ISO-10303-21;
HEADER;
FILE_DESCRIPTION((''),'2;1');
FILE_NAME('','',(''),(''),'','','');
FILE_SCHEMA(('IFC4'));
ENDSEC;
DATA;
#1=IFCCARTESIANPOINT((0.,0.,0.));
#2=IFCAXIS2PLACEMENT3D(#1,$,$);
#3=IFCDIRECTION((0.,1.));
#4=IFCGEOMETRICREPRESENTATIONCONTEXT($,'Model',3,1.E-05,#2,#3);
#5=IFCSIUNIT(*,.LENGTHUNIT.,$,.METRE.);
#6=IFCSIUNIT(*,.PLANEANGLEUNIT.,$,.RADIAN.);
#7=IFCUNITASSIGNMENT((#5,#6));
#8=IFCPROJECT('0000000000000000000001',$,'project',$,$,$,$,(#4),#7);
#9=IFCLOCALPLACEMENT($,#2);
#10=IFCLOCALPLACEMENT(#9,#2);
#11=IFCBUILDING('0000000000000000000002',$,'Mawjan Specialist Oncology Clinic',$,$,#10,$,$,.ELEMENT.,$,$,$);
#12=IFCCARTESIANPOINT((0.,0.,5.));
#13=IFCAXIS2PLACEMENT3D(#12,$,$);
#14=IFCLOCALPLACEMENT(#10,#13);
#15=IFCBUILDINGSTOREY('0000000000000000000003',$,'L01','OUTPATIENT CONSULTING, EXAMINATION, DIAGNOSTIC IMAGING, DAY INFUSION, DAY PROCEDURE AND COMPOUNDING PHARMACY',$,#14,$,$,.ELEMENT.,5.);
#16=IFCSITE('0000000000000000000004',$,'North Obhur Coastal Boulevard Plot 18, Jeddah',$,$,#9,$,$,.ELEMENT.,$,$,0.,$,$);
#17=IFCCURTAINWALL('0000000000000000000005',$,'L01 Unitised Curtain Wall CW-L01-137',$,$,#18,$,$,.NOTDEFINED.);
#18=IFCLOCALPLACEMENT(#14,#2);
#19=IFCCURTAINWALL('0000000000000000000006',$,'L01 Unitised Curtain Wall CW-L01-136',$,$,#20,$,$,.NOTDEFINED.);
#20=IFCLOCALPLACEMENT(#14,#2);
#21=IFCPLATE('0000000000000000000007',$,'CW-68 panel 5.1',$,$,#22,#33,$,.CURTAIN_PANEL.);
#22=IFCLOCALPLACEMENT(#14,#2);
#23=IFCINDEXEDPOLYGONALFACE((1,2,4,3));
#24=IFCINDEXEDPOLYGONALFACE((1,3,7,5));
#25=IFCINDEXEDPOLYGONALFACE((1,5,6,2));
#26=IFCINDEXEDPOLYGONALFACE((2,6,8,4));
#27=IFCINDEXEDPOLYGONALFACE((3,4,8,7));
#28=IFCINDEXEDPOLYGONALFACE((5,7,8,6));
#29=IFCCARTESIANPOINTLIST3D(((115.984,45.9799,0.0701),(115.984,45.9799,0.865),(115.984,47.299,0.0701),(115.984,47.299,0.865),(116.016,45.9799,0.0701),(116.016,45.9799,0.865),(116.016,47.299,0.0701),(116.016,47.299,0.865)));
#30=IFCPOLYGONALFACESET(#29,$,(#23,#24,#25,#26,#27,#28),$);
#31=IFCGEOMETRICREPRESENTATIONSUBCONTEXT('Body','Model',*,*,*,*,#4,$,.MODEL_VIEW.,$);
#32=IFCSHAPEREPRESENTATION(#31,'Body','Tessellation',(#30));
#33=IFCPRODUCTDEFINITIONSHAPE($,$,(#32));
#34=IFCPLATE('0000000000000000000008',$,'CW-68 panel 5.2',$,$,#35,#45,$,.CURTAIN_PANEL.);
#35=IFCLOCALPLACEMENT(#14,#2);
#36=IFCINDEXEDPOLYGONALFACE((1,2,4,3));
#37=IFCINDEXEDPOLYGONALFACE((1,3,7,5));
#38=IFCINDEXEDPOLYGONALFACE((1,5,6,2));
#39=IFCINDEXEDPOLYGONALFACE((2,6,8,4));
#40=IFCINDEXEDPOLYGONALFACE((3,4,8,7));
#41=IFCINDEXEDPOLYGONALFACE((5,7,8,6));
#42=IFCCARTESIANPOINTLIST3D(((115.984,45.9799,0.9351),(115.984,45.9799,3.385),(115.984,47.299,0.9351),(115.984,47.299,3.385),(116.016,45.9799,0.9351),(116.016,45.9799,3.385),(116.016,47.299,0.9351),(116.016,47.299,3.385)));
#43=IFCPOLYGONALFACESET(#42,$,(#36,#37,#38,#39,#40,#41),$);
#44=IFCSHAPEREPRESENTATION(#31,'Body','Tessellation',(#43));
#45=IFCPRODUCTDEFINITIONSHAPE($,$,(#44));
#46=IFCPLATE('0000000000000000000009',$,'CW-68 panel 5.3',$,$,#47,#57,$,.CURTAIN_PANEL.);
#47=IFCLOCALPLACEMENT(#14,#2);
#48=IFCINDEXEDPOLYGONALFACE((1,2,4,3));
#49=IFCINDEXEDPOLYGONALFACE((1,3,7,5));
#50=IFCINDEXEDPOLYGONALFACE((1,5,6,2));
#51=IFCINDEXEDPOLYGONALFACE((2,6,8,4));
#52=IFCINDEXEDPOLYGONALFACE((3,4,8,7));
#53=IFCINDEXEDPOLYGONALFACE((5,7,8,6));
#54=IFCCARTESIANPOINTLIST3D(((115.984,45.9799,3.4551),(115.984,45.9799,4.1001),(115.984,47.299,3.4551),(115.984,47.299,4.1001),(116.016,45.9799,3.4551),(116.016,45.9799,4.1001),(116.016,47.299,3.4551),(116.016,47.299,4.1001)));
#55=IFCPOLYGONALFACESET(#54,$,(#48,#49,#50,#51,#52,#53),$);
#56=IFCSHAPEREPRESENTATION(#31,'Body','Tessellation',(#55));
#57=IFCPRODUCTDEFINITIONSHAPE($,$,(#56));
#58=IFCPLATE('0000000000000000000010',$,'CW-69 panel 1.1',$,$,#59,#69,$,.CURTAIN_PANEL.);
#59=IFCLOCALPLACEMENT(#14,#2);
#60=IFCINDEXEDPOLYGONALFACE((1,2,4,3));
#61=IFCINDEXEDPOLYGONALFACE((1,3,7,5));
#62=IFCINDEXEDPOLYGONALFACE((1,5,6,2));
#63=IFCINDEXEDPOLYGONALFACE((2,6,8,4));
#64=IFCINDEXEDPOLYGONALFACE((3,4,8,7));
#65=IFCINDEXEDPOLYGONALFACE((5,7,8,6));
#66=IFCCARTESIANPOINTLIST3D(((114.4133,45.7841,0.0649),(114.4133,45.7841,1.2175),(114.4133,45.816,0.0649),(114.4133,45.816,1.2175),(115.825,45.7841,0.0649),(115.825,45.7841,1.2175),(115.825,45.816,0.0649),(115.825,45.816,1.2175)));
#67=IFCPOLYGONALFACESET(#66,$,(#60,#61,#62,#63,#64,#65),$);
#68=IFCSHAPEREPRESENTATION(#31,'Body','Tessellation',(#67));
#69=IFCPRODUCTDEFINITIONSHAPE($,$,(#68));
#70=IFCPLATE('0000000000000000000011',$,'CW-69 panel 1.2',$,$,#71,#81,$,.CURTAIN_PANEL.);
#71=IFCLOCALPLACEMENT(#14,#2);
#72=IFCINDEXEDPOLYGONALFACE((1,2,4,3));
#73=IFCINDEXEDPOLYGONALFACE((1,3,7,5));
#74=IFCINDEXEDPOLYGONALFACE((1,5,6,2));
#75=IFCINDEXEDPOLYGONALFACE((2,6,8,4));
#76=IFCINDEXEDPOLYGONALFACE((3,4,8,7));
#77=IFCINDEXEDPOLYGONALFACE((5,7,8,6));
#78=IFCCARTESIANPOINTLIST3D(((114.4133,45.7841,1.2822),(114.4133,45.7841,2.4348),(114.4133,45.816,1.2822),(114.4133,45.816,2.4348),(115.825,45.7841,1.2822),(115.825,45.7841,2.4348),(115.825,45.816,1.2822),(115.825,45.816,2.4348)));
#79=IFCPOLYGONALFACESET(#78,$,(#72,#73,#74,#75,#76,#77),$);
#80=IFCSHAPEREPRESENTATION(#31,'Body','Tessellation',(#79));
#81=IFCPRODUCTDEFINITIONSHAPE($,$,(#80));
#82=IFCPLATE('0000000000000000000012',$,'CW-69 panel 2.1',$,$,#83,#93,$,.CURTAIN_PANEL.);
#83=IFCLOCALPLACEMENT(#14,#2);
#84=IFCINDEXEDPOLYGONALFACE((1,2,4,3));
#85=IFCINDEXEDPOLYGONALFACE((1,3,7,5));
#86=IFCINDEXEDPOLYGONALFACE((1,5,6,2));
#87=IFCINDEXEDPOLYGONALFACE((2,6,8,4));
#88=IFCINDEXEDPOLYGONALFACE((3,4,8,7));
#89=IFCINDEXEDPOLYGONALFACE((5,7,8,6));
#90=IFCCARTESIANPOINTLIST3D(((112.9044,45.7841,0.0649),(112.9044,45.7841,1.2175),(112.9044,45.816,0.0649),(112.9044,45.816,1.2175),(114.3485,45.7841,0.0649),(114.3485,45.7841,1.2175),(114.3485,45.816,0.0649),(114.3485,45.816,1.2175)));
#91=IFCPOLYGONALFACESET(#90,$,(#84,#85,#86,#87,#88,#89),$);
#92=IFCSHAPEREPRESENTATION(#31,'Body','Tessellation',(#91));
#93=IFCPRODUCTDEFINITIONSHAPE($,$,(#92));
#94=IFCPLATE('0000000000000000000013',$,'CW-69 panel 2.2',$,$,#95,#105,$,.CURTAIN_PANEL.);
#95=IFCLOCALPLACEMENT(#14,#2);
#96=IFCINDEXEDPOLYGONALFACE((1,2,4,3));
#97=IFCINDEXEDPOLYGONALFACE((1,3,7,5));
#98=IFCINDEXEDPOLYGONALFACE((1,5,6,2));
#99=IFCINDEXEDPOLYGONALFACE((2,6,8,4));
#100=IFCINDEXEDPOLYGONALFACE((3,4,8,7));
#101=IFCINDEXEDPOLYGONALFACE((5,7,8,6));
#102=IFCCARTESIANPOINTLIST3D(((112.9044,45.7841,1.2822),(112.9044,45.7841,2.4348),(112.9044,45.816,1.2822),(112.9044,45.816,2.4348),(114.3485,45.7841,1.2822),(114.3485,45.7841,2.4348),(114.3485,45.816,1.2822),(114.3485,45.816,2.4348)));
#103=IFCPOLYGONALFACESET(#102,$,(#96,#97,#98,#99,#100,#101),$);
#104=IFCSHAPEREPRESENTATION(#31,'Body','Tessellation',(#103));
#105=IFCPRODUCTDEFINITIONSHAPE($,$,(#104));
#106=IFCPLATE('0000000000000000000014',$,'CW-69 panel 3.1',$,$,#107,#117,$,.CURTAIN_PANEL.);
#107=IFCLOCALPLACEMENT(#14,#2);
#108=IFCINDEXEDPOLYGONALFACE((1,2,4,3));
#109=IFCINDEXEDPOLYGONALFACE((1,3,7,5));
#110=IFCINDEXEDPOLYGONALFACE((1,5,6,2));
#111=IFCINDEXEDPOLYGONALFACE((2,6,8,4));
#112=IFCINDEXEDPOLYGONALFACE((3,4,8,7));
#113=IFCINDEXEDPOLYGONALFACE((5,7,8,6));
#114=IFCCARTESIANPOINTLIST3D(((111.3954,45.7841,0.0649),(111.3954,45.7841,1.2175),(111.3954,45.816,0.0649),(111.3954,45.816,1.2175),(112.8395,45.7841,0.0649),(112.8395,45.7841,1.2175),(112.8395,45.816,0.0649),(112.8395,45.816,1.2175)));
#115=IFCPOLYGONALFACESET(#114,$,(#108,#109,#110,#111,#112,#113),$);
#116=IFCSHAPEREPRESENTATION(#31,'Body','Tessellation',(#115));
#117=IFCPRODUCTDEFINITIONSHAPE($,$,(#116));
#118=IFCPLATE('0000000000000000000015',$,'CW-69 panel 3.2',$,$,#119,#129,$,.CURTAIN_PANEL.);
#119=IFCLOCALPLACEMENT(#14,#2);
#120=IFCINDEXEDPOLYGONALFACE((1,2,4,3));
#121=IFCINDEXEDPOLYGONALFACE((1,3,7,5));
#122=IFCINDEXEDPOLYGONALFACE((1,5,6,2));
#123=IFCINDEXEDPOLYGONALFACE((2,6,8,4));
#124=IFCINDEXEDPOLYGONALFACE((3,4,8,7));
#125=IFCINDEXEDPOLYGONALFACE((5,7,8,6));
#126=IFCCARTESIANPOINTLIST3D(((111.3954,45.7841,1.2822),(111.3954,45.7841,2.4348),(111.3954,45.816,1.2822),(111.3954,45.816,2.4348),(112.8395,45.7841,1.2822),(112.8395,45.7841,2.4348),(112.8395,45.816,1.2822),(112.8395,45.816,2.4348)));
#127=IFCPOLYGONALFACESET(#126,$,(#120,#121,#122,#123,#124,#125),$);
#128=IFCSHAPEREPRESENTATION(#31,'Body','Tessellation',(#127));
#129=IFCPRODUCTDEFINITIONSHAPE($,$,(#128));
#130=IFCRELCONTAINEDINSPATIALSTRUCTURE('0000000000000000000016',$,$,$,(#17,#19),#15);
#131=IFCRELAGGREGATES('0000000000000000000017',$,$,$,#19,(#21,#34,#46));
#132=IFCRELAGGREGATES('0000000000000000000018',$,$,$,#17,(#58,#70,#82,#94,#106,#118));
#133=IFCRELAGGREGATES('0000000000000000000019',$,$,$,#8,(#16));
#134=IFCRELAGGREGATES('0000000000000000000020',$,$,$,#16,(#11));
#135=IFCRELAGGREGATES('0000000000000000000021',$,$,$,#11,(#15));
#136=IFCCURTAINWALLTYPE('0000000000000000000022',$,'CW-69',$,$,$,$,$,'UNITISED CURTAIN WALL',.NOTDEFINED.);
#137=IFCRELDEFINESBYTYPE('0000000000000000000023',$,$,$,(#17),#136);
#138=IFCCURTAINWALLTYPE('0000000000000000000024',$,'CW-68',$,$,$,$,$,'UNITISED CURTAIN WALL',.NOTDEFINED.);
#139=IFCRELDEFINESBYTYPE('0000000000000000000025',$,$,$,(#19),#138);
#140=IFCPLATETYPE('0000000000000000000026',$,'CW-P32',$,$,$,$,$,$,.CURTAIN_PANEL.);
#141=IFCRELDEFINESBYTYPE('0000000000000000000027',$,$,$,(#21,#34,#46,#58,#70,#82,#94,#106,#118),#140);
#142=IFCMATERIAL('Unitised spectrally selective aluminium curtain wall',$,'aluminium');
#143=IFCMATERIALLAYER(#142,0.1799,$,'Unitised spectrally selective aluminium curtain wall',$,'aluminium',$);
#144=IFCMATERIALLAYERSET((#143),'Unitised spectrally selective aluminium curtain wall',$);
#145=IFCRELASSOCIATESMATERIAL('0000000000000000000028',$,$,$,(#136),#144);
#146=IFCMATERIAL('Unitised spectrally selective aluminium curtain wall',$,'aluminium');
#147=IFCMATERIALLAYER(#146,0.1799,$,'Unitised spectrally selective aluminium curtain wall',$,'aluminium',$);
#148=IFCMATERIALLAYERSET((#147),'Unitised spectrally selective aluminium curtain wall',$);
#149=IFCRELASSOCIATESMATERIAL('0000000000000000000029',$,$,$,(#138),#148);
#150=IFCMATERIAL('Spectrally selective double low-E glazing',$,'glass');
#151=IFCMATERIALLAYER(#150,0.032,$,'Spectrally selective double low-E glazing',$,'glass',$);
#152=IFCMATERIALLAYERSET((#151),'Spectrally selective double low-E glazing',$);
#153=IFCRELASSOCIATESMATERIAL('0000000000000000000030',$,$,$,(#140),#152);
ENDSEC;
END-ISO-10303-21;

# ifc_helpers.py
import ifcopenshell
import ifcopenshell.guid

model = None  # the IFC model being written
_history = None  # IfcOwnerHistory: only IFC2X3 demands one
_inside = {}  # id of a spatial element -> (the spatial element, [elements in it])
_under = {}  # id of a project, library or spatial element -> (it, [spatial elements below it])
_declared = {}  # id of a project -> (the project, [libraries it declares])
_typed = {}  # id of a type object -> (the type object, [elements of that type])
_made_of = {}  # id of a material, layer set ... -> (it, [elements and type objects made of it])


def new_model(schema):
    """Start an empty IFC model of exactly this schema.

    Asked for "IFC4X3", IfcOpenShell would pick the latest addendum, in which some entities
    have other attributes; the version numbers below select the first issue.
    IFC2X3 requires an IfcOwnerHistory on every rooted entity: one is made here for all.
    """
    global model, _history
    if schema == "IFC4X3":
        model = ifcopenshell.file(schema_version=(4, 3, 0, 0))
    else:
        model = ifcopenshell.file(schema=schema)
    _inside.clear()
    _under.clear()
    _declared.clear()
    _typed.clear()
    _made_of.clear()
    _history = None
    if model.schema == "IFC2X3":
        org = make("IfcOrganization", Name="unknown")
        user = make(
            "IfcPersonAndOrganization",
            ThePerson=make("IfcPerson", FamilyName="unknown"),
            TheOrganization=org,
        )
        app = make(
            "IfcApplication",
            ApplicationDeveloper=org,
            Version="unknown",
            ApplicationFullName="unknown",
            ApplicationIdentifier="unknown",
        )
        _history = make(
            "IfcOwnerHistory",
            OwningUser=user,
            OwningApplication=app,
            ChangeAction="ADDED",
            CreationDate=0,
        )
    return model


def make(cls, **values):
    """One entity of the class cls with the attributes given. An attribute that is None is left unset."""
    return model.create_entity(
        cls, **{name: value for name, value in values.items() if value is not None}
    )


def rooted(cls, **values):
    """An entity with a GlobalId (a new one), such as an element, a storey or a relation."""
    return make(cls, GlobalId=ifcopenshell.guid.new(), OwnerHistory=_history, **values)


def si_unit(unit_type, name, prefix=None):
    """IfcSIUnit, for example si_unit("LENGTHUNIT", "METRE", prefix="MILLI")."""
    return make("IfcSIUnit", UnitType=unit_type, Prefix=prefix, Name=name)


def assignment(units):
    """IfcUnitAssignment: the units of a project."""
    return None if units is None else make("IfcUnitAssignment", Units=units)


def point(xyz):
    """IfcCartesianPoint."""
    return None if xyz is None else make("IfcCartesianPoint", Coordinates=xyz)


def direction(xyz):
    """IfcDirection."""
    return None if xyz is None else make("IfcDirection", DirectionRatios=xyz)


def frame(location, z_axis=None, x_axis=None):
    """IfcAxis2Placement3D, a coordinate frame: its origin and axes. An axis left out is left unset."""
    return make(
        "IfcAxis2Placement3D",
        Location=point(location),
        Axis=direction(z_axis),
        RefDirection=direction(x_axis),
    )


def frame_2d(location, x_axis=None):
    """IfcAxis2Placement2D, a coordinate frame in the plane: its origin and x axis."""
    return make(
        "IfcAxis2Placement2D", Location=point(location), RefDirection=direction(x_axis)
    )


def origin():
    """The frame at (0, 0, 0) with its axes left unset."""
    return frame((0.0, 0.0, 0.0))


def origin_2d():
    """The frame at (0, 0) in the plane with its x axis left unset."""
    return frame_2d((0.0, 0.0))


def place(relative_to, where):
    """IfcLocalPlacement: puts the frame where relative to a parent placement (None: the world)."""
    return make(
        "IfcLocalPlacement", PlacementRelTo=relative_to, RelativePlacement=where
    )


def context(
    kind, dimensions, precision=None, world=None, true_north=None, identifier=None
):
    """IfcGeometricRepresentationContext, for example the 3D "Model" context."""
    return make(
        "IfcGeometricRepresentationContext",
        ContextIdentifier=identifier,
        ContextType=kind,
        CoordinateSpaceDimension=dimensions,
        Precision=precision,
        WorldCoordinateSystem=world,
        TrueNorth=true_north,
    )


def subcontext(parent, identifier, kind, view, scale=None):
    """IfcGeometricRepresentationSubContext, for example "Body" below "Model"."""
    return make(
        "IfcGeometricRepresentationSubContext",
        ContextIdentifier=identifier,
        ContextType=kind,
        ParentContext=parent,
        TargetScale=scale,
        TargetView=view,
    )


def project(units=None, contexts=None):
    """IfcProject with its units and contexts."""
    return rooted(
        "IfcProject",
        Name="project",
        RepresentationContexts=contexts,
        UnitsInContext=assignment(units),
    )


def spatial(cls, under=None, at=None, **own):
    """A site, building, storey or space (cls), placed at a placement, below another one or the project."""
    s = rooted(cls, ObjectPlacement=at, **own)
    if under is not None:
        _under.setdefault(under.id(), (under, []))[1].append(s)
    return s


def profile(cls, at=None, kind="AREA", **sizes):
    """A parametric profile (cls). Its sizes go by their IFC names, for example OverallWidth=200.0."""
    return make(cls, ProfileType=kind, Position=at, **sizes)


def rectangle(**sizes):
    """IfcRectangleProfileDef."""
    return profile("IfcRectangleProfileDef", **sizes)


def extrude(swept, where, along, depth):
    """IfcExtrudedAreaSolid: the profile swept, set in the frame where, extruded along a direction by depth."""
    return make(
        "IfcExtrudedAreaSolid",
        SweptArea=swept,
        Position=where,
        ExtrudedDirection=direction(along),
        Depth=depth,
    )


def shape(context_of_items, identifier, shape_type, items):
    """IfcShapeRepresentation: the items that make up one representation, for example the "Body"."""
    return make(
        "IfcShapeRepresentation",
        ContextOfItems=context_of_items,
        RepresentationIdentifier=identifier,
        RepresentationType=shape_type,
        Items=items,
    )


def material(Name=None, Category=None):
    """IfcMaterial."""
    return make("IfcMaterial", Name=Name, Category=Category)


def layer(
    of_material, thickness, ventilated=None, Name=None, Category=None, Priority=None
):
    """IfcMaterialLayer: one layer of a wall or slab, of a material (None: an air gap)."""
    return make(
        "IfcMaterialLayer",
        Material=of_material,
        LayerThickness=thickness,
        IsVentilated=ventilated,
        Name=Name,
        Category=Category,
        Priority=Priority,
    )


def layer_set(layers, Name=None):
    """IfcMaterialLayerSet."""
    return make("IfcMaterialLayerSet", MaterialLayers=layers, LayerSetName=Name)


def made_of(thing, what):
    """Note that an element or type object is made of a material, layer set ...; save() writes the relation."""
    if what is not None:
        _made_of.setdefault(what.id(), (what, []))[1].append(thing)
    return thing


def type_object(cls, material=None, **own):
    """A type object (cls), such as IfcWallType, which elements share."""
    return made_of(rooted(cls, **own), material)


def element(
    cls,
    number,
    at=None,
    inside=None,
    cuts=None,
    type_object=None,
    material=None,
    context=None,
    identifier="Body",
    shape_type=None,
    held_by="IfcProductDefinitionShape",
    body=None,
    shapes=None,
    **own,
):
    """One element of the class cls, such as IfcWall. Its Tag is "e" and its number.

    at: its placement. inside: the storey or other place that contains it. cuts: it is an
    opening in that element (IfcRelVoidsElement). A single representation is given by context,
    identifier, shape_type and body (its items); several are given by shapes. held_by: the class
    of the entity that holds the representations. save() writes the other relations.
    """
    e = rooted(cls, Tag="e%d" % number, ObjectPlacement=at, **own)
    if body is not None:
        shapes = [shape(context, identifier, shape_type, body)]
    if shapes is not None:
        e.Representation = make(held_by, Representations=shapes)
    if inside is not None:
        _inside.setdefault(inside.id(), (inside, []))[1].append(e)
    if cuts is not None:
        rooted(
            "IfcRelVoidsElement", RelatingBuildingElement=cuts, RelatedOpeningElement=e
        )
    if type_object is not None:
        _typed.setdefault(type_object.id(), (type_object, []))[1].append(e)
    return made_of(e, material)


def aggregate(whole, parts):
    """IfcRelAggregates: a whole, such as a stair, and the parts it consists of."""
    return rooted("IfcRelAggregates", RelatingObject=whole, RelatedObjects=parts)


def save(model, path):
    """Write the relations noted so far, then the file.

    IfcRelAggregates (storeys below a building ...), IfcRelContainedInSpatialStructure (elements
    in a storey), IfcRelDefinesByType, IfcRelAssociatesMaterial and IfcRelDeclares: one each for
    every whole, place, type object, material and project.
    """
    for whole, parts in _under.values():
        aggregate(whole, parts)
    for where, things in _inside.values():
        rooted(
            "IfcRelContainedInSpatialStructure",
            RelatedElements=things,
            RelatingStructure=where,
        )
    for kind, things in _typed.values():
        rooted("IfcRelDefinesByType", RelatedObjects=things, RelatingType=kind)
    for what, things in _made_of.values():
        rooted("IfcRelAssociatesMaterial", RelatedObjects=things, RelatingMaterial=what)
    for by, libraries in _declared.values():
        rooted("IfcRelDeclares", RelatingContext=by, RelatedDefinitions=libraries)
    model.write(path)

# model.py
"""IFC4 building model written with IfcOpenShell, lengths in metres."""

from ifc_helpers import new_model, si_unit, direction, frame, origin, origin_2d, place, context, subcontext, project, spatial, rectangle, extrude, material, layer, layer_set, type_object, element, aggregate, save


model = new_model("IFC4")

# Units and contexts
model_context = context("Model", 3, precision=1e-05, world=origin(), true_north=direction((0.0, 1.0)))
body_context = subcontext(model_context, "Body", "Model", "MODEL_VIEW")
ifc_project = project(units=[si_unit("LENGTHUNIT", "METRE"), si_unit("PLANEANGLEUNIT", "RADIAN")], contexts=[model_context])

# Site, building, storey
site_placement = place(None, origin())
site = spatial("IfcSite", under=ifc_project, at=site_placement, Name="North Obhur Coastal Boulevard Plot 18, Jeddah", CompositionType="ELEMENT", RefElevation=0.0)
building_placement = place(site_placement, origin())
building = spatial("IfcBuilding", under=site, at=building_placement, Name="Mawjan Specialist Oncology Clinic", CompositionType="ELEMENT")
storey_placement = place(building_placement, frame((0.0, 0.0, 5.0)))
storey = spatial("IfcBuildingStorey", under=building, at=storey_placement, Name="L01", Description="OUTPATIENT CONSULTING, EXAMINATION, DIAGNOSTIC IMAGING, DAY INFUSION, DAY PROCEDURE AND COMPOUNDING PHARMACY", CompositionType="ELEMENT", Elevation=5.0)

# Curtain walls
ifc_material_1 = material(Name="Unitised spectrally selective aluminium curtain wall", Category="aluminium")
ifc_layer_1 = layer(ifc_material_1, 0.1799, Name="Unitised spectrally selective aluminium curtain wall", Category="aluminium")
ifc_layer_set_1 = layer_set([ifc_layer_1], Name="Unitised spectrally selective aluminium curtain wall")
curtain_wall_type_1 = type_object("IfcCurtainWallType", Name="CW-69", ElementType="UNITISED CURTAIN WALL", PredefinedType="NOTDEFINED", material=ifc_layer_set_1)
curtain_wall_1_placement = place(storey_placement, origin())
curtain_wall_1 = element("IfcCurtainWall", 1, at=curtain_wall_1_placement, inside=storey, type_object=curtain_wall_type_1, Name="L01 Unitised Curtain Wall CW-L01-137", PredefinedType="NOTDEFINED")
ifc_material_2 = material(Name="Unitised spectrally selective aluminium curtain wall", Category="aluminium")
ifc_layer_2 = layer(ifc_material_2, 0.1799, Name="Unitised spectrally selective aluminium curtain wall", Category="aluminium")
ifc_layer_set_2 = layer_set([ifc_layer_2], Name="Unitised spectrally selective aluminium curtain wall")
curtain_wall_type_2 = type_object("IfcCurtainWallType", Name="CW-68", ElementType="UNITISED CURTAIN WALL", PredefinedType="NOTDEFINED", material=ifc_layer_set_2)
curtain_wall_2_placement = place(storey_placement, origin())
curtain_wall_2 = element("IfcCurtainWall", 2, at=curtain_wall_2_placement, inside=storey, type_object=curtain_wall_type_2, Name="L01 Unitised Curtain Wall CW-L01-136", PredefinedType="NOTDEFINED")

# Plates
ifc_material_3 = material(Name="Spectrally selective double low-E glazing", Category="glass")
ifc_layer_3 = layer(ifc_material_3, 0.032, Name="Spectrally selective double low-E glazing", Category="glass")
ifc_layer_set_3 = layer_set([ifc_layer_3], Name="Spectrally selective double low-E glazing")
plate_type = type_object("IfcPlateType", Name="CW-P32", PredefinedType="CURTAIN_PANEL", material=ifc_layer_set_3)
plate_1_placement = place(storey_placement, frame((116.0, 46.6394, 0.0701), z_axis=(0.0, 0.0, 1.0), x_axis=(0.0, -1.0, 0.0)))
plate_1 = element("IfcPlate", 3, at=plate_1_placement, type_object=plate_type, Name="CW-68 panel 5.1", PredefinedType="CURTAIN_PANEL", context=body_context, shape_type="SweptSolid", body=[
    extrude(rectangle(XDim=1.3191, YDim=0.032, at=origin_2d()), origin(), (0.0, 0.0, 1.0), 0.7949),
])
plate_2_placement = place(storey_placement, frame((116.0, 46.6394, 0.9351), z_axis=(0.0, 0.0, 1.0), x_axis=(0.0, -1.0, 0.0)))
plate_2 = element("IfcPlate", 4, at=plate_2_placement, type_object=plate_type, Name="CW-68 panel 5.2", PredefinedType="CURTAIN_PANEL", context=body_context, shape_type="SweptSolid", body=[
    extrude(rectangle(XDim=1.3191, YDim=0.032, at=origin_2d()), origin(), (0.0, 0.0, 1.0), 2.45),
])
plate_3_placement = place(storey_placement, frame((116.0, 46.6394, 3.4551), z_axis=(0.0, 0.0, 1.0), x_axis=(0.0, -1.0, 0.0)))
plate_3 = element("IfcPlate", 5, at=plate_3_placement, type_object=plate_type, Name="CW-68 panel 5.3", PredefinedType="CURTAIN_PANEL", context=body_context, shape_type="SweptSolid", body=[
    extrude(rectangle(XDim=1.3191, YDim=0.032, at=origin_2d()), origin(), (0.0, 0.0, 1.0), 0.645),
])
aggregate(curtain_wall_2, [plate_1, plate_2, plate_3])
plate_4_placement = place(storey_placement, frame((115.1191, 45.8, 0.0649), z_axis=(0.0, 0.0, 1.0), x_axis=(-1.0, 0.0, 0.0)))
plate_4 = element("IfcPlate", 6, at=plate_4_placement, type_object=plate_type, Name="CW-69 panel 1.1", PredefinedType="CURTAIN_PANEL", context=body_context, shape_type="SweptSolid", body=[
    extrude(rectangle(XDim=1.4116, YDim=0.032, at=origin_2d()), origin(), (0.0, 0.0, 1.0), 1.1526),
])
plate_5_placement = place(storey_placement, frame((115.1191, 45.8, 1.2822), z_axis=(0.0, 0.0, 1.0), x_axis=(-1.0, 0.0, 0.0)))
plate_5 = element("IfcPlate", 7, at=plate_5_placement, type_object=plate_type, Name="CW-69 panel 1.2", PredefinedType="CURTAIN_PANEL", context=body_context, shape_type="SweptSolid", body=[
    extrude(rectangle(XDim=1.4116, YDim=0.032, at=origin_2d()), origin(), (0.0, 0.0, 1.0), 1.1526),
])
plate_6_placement = place(storey_placement, frame((113.6265, 45.8, 0.0649), z_axis=(0.0, 0.0, 1.0), x_axis=(-1.0, 0.0, 0.0)))
plate_6 = element("IfcPlate", 8, at=plate_6_placement, type_object=plate_type, Name="CW-69 panel 2.1", PredefinedType="CURTAIN_PANEL", context=body_context, shape_type="SweptSolid", body=[
    extrude(rectangle(XDim=1.4441, YDim=0.032, at=origin_2d()), origin(), (0.0, 0.0, 1.0), 1.1526),
])
plate_7_placement = place(storey_placement, frame((113.6265, 45.8, 1.2822), z_axis=(0.0, 0.0, 1.0), x_axis=(-1.0, 0.0, 0.0)))
plate_7 = element("IfcPlate", 9, at=plate_7_placement, type_object=plate_type, Name="CW-69 panel 2.2", PredefinedType="CURTAIN_PANEL", context=body_context, shape_type="SweptSolid", body=[
    extrude(rectangle(XDim=1.4441, YDim=0.032, at=origin_2d()), origin(), (0.0, 0.0, 1.0), 1.1526),
])
plate_8_placement = place(storey_placement, frame((112.1174, 45.8, 0.0649), z_axis=(0.0, 0.0, 1.0), x_axis=(-1.0, 0.0, 0.0)))
plate_8 = element("IfcPlate", 10, at=plate_8_placement, type_object=plate_type, Name="CW-69 panel 3.1", PredefinedType="CURTAIN_PANEL", context=body_context, shape_type="SweptSolid", body=[
    extrude(rectangle(XDim=1.4441, YDim=0.032, at=origin_2d()), origin(), (0.0, 0.0, 1.0), 1.1526),
])
plate_9_placement = place(storey_placement, frame((112.1174, 45.8, 1.2822), z_axis=(0.0, 0.0, 1.0), x_axis=(-1.0, 0.0, 0.0)))
plate_9 = element("IfcPlate", 11, at=plate_9_placement, type_object=plate_type, Name="CW-69 panel 3.2", PredefinedType="CURTAIN_PANEL", context=body_context, shape_type="SweptSolid", body=[
    extrude(rectangle(XDim=1.4441, YDim=0.032, at=origin_2d()), origin(), (0.0, 0.0, 1.0), 1.1526),
])
aggregate(curtain_wall_1, [plate_4, plate_5, plate_6, plate_7, plate_8, plate_9])

save(model, "model.ifc")
